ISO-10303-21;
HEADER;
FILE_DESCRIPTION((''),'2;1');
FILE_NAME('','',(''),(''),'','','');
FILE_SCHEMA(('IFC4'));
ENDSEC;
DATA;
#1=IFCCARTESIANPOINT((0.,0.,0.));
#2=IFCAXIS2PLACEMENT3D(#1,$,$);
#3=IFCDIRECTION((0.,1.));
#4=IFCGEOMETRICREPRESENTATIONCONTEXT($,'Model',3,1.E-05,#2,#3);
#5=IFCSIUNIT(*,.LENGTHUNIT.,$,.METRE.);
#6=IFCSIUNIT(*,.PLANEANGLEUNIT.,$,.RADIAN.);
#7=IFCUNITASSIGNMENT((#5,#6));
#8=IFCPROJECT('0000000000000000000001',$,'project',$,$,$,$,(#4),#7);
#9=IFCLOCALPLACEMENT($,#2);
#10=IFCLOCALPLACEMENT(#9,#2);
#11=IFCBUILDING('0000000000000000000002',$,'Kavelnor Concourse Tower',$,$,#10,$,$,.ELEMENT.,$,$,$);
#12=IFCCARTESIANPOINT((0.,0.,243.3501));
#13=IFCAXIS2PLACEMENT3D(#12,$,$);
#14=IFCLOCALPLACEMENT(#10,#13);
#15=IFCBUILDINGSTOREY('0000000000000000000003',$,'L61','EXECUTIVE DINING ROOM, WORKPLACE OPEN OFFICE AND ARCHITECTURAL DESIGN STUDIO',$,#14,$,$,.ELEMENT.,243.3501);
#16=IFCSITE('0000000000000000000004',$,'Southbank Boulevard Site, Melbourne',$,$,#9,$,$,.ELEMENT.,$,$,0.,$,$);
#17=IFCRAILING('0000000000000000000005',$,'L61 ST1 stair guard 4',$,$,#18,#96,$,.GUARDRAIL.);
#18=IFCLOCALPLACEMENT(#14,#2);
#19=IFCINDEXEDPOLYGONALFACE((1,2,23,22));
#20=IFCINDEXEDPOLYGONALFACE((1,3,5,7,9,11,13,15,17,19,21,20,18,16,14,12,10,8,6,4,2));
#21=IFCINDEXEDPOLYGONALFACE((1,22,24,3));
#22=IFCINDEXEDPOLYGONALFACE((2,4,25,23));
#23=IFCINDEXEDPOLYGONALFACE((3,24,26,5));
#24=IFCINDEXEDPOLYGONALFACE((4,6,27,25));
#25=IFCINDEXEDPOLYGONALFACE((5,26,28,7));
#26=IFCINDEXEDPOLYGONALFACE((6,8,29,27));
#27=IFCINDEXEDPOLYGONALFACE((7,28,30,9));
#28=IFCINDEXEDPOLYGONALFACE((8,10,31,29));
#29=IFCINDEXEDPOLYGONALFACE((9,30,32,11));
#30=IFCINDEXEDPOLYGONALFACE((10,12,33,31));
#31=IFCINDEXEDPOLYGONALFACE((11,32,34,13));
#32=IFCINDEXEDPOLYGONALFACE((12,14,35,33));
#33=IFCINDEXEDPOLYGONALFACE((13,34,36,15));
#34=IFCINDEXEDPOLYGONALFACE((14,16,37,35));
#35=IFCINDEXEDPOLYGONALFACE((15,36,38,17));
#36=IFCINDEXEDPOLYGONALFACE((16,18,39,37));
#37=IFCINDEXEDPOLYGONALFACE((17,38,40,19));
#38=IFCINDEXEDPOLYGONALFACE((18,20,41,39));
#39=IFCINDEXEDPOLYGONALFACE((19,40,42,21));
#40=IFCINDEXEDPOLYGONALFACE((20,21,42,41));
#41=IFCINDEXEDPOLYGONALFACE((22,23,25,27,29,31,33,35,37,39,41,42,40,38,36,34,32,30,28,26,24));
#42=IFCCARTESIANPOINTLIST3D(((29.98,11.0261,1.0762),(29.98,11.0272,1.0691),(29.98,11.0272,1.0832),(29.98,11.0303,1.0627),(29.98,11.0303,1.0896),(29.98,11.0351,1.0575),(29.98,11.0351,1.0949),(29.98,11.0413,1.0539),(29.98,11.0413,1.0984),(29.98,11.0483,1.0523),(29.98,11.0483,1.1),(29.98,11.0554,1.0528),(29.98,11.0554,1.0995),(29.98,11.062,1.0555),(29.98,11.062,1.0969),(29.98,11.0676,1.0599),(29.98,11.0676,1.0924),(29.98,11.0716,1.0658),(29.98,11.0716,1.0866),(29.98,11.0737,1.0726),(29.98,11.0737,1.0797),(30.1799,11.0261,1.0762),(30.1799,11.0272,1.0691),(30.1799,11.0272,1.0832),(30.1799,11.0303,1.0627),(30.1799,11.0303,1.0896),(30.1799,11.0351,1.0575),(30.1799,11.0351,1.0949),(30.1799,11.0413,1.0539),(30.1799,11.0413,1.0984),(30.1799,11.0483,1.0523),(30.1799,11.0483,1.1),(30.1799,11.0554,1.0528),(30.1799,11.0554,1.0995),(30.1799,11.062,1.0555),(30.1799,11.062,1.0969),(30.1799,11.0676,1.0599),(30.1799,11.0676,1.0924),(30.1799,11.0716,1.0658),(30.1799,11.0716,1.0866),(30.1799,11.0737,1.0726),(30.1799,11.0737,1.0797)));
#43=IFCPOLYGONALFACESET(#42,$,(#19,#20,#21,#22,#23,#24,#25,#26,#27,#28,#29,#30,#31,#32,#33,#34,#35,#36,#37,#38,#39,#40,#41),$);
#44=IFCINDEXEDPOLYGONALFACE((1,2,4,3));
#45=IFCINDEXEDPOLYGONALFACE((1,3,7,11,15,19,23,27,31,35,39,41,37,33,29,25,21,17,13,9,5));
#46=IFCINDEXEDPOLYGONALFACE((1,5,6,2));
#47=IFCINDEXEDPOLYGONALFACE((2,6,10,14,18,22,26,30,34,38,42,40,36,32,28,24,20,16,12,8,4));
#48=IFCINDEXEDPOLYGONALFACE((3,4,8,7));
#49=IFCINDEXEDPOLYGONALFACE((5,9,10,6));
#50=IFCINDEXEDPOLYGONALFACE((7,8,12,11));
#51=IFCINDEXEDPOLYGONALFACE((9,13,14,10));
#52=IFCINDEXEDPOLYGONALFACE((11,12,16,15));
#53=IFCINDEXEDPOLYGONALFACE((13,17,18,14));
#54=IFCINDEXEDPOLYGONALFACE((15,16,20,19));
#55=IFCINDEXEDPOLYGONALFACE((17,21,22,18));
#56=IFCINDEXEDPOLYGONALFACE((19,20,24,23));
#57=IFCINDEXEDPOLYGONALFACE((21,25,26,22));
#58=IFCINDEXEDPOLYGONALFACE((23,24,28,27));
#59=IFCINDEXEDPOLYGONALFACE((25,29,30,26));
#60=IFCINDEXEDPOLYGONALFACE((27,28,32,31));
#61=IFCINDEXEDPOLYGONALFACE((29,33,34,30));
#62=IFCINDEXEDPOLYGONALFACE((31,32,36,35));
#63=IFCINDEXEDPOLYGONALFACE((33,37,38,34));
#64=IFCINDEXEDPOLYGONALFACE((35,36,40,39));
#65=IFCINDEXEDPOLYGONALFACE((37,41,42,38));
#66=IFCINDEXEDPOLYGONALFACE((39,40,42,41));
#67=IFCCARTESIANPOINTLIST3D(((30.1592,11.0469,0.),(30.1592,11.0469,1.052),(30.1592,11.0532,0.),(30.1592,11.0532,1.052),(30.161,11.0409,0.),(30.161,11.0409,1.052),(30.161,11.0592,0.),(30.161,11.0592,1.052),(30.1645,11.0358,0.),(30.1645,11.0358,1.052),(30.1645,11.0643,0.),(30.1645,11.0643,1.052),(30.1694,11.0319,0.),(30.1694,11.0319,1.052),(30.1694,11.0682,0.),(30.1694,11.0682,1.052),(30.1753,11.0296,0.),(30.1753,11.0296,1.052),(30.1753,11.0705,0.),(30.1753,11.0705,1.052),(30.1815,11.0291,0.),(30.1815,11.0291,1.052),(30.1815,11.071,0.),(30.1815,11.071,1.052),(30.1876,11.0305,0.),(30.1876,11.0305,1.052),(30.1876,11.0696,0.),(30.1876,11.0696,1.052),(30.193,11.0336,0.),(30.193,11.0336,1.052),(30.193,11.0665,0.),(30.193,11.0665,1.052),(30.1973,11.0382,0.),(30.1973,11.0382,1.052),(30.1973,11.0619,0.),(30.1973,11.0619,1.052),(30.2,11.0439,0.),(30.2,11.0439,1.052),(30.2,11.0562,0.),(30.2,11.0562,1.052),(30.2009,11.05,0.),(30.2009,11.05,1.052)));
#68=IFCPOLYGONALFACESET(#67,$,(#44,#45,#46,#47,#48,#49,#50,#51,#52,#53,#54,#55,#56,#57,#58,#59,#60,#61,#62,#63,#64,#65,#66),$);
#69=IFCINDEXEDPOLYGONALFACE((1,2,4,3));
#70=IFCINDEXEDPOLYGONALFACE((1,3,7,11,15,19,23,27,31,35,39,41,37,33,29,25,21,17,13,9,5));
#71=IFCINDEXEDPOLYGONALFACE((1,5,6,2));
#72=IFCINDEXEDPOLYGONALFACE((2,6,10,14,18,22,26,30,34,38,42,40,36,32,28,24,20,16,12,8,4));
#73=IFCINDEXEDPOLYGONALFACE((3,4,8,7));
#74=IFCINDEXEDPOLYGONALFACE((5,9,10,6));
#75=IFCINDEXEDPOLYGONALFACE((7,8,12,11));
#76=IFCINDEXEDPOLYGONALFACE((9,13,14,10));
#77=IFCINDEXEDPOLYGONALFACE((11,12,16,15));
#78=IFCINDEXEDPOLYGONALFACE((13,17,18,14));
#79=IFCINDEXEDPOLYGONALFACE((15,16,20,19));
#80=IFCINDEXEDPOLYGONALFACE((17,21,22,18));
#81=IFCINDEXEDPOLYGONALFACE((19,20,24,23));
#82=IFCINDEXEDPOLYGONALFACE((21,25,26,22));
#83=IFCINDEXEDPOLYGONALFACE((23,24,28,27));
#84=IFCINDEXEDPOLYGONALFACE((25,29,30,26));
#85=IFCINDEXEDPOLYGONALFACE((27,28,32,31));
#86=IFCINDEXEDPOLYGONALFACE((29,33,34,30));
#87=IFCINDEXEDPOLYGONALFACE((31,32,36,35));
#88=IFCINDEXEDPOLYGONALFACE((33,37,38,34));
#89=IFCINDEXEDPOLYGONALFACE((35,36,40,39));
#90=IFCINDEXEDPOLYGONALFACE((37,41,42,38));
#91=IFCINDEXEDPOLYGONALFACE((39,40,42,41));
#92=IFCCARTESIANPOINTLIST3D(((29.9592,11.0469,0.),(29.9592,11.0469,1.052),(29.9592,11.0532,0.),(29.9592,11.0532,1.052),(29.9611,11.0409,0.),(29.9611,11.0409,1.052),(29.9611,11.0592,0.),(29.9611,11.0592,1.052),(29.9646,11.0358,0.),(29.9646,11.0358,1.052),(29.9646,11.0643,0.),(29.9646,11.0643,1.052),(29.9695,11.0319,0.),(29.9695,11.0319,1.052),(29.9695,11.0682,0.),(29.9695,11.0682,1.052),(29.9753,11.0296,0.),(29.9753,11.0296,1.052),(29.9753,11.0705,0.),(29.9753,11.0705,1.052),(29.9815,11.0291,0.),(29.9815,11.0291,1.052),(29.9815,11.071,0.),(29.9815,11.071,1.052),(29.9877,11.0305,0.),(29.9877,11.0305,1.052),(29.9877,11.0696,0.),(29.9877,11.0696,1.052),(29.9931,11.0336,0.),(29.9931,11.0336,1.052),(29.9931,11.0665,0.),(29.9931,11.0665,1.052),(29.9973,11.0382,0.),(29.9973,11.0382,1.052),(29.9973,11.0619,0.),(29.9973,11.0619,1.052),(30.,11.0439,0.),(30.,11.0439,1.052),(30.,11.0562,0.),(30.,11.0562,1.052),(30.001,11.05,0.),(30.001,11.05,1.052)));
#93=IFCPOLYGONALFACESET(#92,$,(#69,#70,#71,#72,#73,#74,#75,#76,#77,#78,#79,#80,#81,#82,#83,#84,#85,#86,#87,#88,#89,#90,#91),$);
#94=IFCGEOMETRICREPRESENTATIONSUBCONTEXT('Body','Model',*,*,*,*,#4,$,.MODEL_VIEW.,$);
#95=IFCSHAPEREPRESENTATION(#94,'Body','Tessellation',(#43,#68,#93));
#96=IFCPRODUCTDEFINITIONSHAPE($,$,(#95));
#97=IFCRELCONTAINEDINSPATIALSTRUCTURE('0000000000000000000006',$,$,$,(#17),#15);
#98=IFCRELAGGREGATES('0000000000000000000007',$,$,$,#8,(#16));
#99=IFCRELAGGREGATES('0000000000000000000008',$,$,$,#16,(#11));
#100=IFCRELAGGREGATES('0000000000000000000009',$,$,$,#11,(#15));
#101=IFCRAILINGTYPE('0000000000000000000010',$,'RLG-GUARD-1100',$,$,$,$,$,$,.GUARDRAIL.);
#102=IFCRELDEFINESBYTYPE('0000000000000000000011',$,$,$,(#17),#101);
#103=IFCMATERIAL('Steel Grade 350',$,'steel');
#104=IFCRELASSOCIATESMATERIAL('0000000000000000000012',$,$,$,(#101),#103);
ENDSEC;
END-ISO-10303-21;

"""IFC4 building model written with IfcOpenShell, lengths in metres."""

from ifc_helpers import new_model, si_unit, direction, frame, origin, origin_2d, place, context, subcontext, project, spatial, circle, extrude, material, type_object, element, save


model = new_model("IFC4")

# Units and contexts
model_context = context("Model", 3, precision=1e-05, world=origin(), true_north=direction((0.0, 1.0)))
body_context = subcontext(model_context, "Body", "Model", "MODEL_VIEW")
ifc_project = project(units=[si_unit("LENGTHUNIT", "METRE"), si_unit("PLANEANGLEUNIT", "RADIAN")], contexts=[model_context])

# Site, building, storey
site_placement = place(None, origin())
site = spatial("IfcSite", under=ifc_project, at=site_placement, Name="Southbank Boulevard Site, Melbourne", CompositionType="ELEMENT", RefElevation=0.0)
building_placement = place(site_placement, origin())
building = spatial("IfcBuilding", under=site, at=building_placement, Name="Kavelnor Concourse Tower", CompositionType="ELEMENT")
storey_placement = place(building_placement, frame((0.0, 0.0, 243.3501)))
storey = spatial("IfcBuildingStorey", under=building, at=storey_placement, Name="L61", Description="EXECUTIVE DINING ROOM, WORKPLACE OPEN OFFICE AND ARCHITECTURAL DESIGN STUDIO", CompositionType="ELEMENT", Elevation=243.3501)

# Shared definitions
ifc_material_1 = material(Name="Steel Grade 350", Category="steel")

# Railing
railing_type_1 = type_object("IfcRailingType", Name="RLG-GUARD-1100", PredefinedType="GUARDRAIL", material=ifc_material_1)
railing_1_placement = place(storey_placement, frame((30.1799, 11.05, 0.0)))
element("IfcRailing", 1, at=railing_1_placement, inside=storey, type_object=railing_type_1, Name="L61 ST1 stair guard 4", PredefinedType="GUARDRAIL", context=body_context, shape_type="SweptSolid", body=[
    extrude(circle(Radius=0.0239, at=origin_2d()), frame((0.0, 0.0, 1.0762), z_axis=(-1.0, 0.0, 0.0), x_axis=(0.0, -1.0, 0.0)), (0.0, 0.0, 1.0), 0.2),
    extrude(circle(Radius=0.021, at=origin_2d()), origin(), (0.0, 0.0, 1.0), 1.052),
    extrude(circle(Radius=0.021, at=origin_2d()), frame((-0.2, 0.0, 0.0)), (0.0, 0.0, 1.0), 1.052),
])

save(model, "model.ifc")
